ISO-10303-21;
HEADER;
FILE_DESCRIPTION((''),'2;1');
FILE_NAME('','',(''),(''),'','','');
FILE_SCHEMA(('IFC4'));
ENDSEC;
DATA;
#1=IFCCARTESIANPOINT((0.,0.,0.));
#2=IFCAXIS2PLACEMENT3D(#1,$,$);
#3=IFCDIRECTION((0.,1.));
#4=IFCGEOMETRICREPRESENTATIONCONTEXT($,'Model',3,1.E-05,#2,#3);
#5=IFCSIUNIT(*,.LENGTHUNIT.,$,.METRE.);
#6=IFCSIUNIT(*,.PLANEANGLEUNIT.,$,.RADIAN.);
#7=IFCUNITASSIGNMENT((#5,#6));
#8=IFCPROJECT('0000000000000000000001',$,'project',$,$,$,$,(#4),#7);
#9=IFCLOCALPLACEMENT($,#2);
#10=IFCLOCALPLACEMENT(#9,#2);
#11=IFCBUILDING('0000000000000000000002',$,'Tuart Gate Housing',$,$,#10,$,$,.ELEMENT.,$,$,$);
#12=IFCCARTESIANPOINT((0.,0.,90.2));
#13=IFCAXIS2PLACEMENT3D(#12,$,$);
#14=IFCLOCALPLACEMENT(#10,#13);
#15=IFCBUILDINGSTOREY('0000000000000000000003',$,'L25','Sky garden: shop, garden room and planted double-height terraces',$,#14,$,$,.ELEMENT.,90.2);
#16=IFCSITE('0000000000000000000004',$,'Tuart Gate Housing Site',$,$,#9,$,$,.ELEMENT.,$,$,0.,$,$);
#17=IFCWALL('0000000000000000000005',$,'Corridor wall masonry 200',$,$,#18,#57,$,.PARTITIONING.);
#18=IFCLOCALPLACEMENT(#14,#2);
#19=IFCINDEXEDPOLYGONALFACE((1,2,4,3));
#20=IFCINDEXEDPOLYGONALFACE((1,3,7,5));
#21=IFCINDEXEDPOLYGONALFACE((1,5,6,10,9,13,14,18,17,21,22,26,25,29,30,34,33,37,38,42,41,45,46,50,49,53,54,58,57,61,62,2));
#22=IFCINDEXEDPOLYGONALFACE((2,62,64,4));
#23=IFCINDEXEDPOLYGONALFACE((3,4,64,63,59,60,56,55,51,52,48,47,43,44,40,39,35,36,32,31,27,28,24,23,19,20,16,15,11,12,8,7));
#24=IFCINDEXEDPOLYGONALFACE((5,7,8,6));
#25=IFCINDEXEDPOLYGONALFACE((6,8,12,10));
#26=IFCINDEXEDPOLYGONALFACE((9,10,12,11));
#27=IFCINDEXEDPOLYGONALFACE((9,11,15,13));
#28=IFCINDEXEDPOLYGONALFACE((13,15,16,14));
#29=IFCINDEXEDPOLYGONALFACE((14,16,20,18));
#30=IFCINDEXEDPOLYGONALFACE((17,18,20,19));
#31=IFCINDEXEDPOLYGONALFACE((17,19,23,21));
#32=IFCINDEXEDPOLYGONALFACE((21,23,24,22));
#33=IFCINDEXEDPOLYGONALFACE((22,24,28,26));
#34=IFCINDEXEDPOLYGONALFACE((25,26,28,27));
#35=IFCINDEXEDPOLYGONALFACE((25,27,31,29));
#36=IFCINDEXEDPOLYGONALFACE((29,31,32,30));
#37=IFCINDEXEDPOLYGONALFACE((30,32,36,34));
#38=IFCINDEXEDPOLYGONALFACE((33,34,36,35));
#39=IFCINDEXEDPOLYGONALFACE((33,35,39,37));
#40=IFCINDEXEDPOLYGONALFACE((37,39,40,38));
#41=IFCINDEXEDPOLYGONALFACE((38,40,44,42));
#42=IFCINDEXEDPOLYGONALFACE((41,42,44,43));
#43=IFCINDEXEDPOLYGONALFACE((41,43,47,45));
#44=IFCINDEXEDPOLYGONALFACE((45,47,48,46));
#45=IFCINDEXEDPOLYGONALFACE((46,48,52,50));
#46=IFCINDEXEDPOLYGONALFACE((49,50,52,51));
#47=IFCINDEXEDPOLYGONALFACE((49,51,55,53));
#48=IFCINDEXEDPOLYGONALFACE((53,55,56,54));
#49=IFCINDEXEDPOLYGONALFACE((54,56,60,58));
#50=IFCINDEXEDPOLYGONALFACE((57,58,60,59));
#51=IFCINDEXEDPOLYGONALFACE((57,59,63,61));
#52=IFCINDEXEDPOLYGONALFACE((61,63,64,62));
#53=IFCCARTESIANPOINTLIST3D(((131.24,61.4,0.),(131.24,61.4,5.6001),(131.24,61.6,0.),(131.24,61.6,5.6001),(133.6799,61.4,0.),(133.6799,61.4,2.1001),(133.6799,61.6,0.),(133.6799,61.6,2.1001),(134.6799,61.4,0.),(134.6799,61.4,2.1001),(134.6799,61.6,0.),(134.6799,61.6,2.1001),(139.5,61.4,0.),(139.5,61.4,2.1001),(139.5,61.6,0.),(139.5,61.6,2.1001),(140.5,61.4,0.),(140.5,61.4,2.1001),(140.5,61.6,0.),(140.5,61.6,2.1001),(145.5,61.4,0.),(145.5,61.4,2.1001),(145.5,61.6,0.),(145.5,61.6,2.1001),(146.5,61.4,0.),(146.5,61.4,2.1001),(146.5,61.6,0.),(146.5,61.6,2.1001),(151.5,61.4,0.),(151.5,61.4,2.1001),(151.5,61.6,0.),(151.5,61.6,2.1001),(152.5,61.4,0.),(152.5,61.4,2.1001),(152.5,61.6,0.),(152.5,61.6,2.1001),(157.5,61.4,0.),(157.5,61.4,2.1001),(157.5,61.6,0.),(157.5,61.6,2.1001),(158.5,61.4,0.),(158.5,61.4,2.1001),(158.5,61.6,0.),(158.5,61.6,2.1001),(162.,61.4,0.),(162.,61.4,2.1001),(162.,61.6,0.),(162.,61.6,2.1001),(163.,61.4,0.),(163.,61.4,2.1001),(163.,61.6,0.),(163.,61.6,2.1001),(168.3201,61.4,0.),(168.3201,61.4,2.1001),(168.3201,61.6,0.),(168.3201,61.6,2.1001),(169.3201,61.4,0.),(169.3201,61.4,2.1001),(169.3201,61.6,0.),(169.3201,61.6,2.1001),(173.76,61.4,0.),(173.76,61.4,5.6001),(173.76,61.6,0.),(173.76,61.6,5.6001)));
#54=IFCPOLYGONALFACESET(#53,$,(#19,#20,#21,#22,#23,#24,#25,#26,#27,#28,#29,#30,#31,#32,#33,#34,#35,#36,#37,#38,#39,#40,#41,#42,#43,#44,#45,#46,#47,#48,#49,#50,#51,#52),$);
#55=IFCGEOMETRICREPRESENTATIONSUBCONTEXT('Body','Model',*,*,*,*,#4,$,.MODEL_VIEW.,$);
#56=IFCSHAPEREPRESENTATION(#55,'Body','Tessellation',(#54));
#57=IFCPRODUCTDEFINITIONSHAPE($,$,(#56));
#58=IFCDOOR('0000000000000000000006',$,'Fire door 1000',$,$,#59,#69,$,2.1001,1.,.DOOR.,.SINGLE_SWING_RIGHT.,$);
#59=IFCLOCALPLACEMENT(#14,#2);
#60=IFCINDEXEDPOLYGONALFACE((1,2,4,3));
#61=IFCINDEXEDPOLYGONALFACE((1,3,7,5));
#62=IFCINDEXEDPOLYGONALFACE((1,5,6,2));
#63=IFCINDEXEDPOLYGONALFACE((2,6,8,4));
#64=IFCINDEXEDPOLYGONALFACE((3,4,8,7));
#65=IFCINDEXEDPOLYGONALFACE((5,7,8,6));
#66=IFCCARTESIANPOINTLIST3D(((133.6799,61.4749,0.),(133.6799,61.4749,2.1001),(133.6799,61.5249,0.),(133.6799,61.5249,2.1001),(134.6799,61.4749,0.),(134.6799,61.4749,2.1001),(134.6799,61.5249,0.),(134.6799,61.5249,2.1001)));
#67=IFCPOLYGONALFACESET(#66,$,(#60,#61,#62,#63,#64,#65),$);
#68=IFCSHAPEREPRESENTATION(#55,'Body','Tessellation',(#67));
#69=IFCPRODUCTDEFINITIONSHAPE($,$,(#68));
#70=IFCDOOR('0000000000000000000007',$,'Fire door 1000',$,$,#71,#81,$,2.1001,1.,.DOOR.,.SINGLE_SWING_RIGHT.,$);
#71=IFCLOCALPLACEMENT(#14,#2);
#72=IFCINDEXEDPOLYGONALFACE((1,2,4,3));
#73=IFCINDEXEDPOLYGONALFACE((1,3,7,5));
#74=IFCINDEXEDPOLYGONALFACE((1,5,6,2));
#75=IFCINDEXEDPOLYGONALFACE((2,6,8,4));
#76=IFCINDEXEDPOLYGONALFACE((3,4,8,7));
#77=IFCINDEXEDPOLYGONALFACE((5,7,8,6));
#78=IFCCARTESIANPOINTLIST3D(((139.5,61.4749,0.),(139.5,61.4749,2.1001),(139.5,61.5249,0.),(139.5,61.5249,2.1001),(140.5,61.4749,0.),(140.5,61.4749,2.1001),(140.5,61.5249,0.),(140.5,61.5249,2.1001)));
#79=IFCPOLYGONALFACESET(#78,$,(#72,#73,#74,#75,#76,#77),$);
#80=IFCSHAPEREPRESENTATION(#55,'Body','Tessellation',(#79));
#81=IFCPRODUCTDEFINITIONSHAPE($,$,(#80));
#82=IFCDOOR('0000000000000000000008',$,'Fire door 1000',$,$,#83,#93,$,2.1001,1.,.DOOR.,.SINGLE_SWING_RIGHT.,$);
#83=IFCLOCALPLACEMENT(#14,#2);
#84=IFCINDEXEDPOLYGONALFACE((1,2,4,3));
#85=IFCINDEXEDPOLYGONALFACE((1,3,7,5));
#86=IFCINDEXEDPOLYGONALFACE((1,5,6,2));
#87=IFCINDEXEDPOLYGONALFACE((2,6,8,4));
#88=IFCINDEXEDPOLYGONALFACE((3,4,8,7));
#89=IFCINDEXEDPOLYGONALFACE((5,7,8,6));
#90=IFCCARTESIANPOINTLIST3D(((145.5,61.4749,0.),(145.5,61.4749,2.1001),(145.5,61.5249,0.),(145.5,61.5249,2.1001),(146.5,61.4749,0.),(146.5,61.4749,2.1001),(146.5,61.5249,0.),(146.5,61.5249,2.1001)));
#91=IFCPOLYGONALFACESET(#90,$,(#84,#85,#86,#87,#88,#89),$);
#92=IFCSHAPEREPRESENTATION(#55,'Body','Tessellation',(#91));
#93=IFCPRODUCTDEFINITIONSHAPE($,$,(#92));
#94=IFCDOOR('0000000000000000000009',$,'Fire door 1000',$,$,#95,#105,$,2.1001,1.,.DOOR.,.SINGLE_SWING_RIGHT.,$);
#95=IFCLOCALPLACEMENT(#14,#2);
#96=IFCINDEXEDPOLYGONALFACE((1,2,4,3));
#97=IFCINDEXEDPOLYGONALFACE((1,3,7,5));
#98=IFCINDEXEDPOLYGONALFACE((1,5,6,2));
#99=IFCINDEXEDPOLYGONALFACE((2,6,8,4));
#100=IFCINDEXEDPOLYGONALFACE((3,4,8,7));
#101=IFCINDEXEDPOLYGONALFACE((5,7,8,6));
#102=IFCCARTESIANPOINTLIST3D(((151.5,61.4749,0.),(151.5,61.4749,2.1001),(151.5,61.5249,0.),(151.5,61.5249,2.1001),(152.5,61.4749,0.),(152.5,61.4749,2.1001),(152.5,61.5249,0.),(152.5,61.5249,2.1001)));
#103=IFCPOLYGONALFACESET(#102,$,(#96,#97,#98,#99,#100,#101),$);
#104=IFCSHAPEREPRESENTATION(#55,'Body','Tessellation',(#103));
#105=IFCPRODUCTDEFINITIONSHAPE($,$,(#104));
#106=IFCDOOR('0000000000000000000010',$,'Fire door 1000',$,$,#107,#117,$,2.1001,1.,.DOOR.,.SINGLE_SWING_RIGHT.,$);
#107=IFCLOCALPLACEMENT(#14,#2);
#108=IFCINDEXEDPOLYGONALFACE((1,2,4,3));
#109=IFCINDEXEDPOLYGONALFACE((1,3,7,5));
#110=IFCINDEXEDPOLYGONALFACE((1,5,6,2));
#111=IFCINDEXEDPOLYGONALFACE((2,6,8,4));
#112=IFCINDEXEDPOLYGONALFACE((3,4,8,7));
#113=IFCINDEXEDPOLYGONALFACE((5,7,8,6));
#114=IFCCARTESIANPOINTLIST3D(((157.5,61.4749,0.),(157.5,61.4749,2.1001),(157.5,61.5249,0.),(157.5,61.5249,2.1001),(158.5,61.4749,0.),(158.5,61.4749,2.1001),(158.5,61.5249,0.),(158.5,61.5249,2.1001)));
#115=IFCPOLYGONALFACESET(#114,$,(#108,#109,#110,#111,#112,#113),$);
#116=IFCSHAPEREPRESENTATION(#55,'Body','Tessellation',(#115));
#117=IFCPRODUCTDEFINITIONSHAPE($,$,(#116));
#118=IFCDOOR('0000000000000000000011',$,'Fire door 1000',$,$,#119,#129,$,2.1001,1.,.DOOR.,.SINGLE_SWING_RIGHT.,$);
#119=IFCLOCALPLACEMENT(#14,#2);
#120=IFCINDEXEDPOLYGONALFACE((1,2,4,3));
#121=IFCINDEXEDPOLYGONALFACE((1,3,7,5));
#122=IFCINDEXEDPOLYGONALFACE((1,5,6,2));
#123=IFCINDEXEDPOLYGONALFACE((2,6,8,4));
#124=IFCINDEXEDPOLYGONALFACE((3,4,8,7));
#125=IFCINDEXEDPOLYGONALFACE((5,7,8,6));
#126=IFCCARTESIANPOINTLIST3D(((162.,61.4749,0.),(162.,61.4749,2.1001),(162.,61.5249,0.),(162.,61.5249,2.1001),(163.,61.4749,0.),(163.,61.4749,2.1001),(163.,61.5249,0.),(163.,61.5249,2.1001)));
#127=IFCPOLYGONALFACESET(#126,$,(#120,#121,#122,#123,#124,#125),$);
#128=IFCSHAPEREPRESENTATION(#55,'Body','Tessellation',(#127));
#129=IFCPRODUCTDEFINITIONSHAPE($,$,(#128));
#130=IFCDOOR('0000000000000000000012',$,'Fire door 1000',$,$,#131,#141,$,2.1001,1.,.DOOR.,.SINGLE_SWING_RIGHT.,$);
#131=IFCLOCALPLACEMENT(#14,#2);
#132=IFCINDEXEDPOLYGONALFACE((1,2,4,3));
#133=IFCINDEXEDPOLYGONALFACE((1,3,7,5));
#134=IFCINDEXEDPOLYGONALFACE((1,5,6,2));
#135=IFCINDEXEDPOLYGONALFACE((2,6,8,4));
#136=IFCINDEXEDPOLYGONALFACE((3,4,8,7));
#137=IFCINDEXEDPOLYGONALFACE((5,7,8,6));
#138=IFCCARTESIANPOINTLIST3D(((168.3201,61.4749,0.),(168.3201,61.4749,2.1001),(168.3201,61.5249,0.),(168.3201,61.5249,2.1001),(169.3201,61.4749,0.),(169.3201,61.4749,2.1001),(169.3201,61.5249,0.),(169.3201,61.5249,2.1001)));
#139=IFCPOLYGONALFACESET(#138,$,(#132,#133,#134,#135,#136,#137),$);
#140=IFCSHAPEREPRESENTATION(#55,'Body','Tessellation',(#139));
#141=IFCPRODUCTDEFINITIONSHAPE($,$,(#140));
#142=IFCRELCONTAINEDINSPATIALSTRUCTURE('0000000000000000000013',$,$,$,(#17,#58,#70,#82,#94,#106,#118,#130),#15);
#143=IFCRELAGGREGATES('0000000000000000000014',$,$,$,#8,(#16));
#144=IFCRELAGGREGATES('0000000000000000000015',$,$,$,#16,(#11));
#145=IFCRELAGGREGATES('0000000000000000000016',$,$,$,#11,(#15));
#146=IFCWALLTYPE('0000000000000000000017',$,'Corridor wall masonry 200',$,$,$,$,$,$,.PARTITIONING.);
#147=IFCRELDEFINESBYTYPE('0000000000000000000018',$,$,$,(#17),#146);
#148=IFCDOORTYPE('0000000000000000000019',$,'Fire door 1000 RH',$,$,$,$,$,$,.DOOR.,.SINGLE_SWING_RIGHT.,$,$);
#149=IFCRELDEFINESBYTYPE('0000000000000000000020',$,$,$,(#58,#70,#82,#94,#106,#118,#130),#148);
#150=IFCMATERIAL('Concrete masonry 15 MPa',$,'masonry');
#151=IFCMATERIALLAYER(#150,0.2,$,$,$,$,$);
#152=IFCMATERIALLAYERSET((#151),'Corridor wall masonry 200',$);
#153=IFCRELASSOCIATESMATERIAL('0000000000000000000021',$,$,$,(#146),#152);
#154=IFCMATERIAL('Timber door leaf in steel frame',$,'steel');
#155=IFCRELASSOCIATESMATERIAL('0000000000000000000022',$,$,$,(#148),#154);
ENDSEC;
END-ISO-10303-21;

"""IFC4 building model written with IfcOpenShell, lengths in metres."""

from ifc_helpers import new_model, si_unit, direction, frame, frame_2d, origin, place, context, subcontext, project, spatial, rectangle, extrude, material, layer, layer_set, type_object, element, fill, save


model = new_model("IFC4")

# Units and contexts
model_context = context("Model", 3, precision=1e-05, world=origin(), true_north=direction((0.0, 1.0)))
body_context = subcontext(model_context, "Body", "Model", "MODEL_VIEW")
ifc_project = project(units=[si_unit("LENGTHUNIT", "METRE"), si_unit("PLANEANGLEUNIT", "RADIAN")], contexts=[model_context])

# Site, building, storey
site_placement = place(None, origin())
site = spatial("IfcSite", under=ifc_project, at=site_placement, Name="Tuart Gate Housing Site", CompositionType="ELEMENT", RefElevation=0.0)
building_placement = place(site_placement, origin())
building = spatial("IfcBuilding", under=site, at=building_placement, Name="Tuart Gate Housing", CompositionType="ELEMENT")
storey_placement = place(building_placement, frame((0.0, 0.0, 90.2)))
storey = spatial("IfcBuildingStorey", under=building, at=storey_placement, Name="L25", Description="Sky garden: shop, garden room and planted double-height terraces", CompositionType="ELEMENT", Elevation=90.2)

# Wall, openings, doors
ifc_material_1 = material(Name="Concrete masonry 15 MPa", Category="masonry")
ifc_layer_1 = layer(ifc_material_1, 0.2)
ifc_layer_set_1 = layer_set([ifc_layer_1], Name="Corridor wall masonry 200")
wall_type_1 = type_object("IfcWallType", Name="Corridor wall masonry 200", PredefinedType="PARTITIONING", material=ifc_layer_set_1)
wall_1_placement = place(storey_placement, frame((131.24, 61.5, 0.0), z_axis=(0.0, 0.0, 1.0), x_axis=(1.0, 0.0, 0.0)))
wall_1 = element("IfcWall", 1, at=wall_1_placement, inside=storey, type_object=wall_type_1, Name="Corridor wall masonry 200", PredefinedType="PARTITIONING", context=body_context, shape_type="SweptSolid", body=[
    extrude(rectangle(XDim=42.52, YDim=0.2, at=frame_2d((21.26, 0.0))), origin(), (0.0, 0.0, 1.0), 5.6001),
])
opening_1_placement = place(wall_1_placement, frame((2.4399, 0.0, 0.0)))
opening_1 = element("IfcOpeningElement", 2, at=opening_1_placement, cuts=wall_1, PredefinedType="OPENING", context=body_context, shape_type="SweptSolid", body=[
    extrude(rectangle(XDim=1.0, YDim=2.1001, at=frame_2d((0.5, 1.05))), frame((0.0, 0.1099, 0.0), z_axis=(0.0, -1.0, 0.0), x_axis=(1.0, 0.0, 0.0)), (0.0, 0.0, 1.0), 0.22),
])
opening_2_placement = place(wall_1_placement, frame((8.26, 0.0, 0.0)))
opening_2 = element("IfcOpeningElement", 3, at=opening_2_placement, cuts=wall_1, PredefinedType="OPENING", context=body_context, shape_type="SweptSolid", body=[
    extrude(rectangle(XDim=1.0, YDim=2.1001, at=frame_2d((0.5, 1.05))), frame((0.0, 0.1099, 0.0), z_axis=(0.0, -1.0, 0.0), x_axis=(1.0, 0.0, 0.0)), (0.0, 0.0, 1.0), 0.22),
])
opening_3_placement = place(wall_1_placement, frame((14.26, 0.0, 0.0)))
opening_3 = element("IfcOpeningElement", 4, at=opening_3_placement, cuts=wall_1, PredefinedType="OPENING", context=body_context, shape_type="SweptSolid", body=[
    extrude(rectangle(XDim=1.0, YDim=2.1001, at=frame_2d((0.5, 1.05))), frame((0.0, 0.1099, 0.0), z_axis=(0.0, -1.0, 0.0), x_axis=(1.0, 0.0, 0.0)), (0.0, 0.0, 1.0), 0.22),
])
opening_4_placement = place(wall_1_placement, frame((20.26, 0.0, 0.0)))
opening_4 = element("IfcOpeningElement", 5, at=opening_4_placement, cuts=wall_1, PredefinedType="OPENING", context=body_context, shape_type="SweptSolid", body=[
    extrude(rectangle(XDim=1.0, YDim=2.1001, at=frame_2d((0.5, 1.05))), frame((0.0, 0.1099, 0.0), z_axis=(0.0, -1.0, 0.0), x_axis=(1.0, 0.0, 0.0)), (0.0, 0.0, 1.0), 0.22),
])
opening_5_placement = place(wall_1_placement, frame((26.26, 0.0, 0.0)))
opening_5 = element("IfcOpeningElement", 6, at=opening_5_placement, cuts=wall_1, PredefinedType="OPENING", context=body_context, shape_type="SweptSolid", body=[
    extrude(rectangle(XDim=1.0, YDim=2.1001, at=frame_2d((0.5, 1.05))), frame((0.0, 0.1099, 0.0), z_axis=(0.0, -1.0, 0.0), x_axis=(1.0, 0.0, 0.0)), (0.0, 0.0, 1.0), 0.22),
])
opening_6_placement = place(wall_1_placement, frame((30.76, 0.0, 0.0)))
opening_6 = element("IfcOpeningElement", 7, at=opening_6_placement, cuts=wall_1, PredefinedType="OPENING", context=body_context, shape_type="SweptSolid", body=[
    extrude(rectangle(XDim=1.0, YDim=2.1001, at=frame_2d((0.5, 1.05))), frame((0.0, 0.1099, 0.0), z_axis=(0.0, -1.0, 0.0), x_axis=(1.0, 0.0, 0.0)), (0.0, 0.0, 1.0), 0.22),
])
opening_7_placement = place(wall_1_placement, frame((37.0801, 0.0, 0.0)))
opening_7 = element("IfcOpeningElement", 8, at=opening_7_placement, cuts=wall_1, PredefinedType="OPENING", context=body_context, shape_type="SweptSolid", body=[
    extrude(rectangle(XDim=1.0, YDim=2.1001, at=frame_2d((0.5, 1.05))), frame((0.0, 0.1099, 0.0), z_axis=(0.0, -1.0, 0.0), x_axis=(1.0, 0.0, 0.0)), (0.0, 0.0, 1.0), 0.22),
])
ifc_material_2 = material(Name="Timber door leaf in steel frame", Category="steel")
door_type = type_object("IfcDoorType", Name="Fire door 1000 RH", OperationType="SINGLE_SWING_RIGHT", PredefinedType="DOOR", material=ifc_material_2)
door_1_placement = place(opening_1_placement, frame((1.0, 0.0, 0.0), z_axis=(0.0, 0.0, 1.0), x_axis=(-1.0, 0.0, 0.0)))
door_1 = element("IfcDoor", 9, at=door_1_placement, inside=storey, type_object=door_type, Name="Fire door 1000", OperationType="SINGLE_SWING_RIGHT", OverallHeight=2.1001, OverallWidth=1.0, PredefinedType="DOOR", context=body_context, shape_type="SweptSolid", body=[
    extrude(rectangle(XDim=1.0, YDim=2.1001, at=frame_2d((0.5, 1.05))), frame((0.0, 0.0251, 0.0), z_axis=(0.0, -1.0, 0.0), x_axis=(1.0, 0.0, 0.0)), (0.0, 0.0, 1.0), 0.05),
])
fill(opening_1, door_1)
door_2_placement = place(opening_2_placement, frame((1.0, 0.0, 0.0), z_axis=(0.0, 0.0, 1.0), x_axis=(-1.0, 0.0, 0.0)))
door_2 = element("IfcDoor", 10, at=door_2_placement, inside=storey, type_object=door_type, Name="Fire door 1000", OperationType="SINGLE_SWING_RIGHT", OverallHeight=2.1001, OverallWidth=1.0, PredefinedType="DOOR", context=body_context, shape_type="SweptSolid", body=[
    extrude(rectangle(XDim=1.0, YDim=2.1001, at=frame_2d((0.5, 1.05))), frame((0.0, 0.0251, 0.0), z_axis=(0.0, -1.0, 0.0), x_axis=(1.0, 0.0, 0.0)), (0.0, 0.0, 1.0), 0.05),
])
fill(opening_2, door_2)
door_3_placement = place(opening_3_placement, frame((1.0, 0.0, 0.0), z_axis=(0.0, 0.0, 1.0), x_axis=(-1.0, 0.0, 0.0)))
door_3 = element("IfcDoor", 11, at=door_3_placement, inside=storey, type_object=door_type, Name="Fire door 1000", OperationType="SINGLE_SWING_RIGHT", OverallHeight=2.1001, OverallWidth=1.0, PredefinedType="DOOR", context=body_context, shape_type="SweptSolid", body=[
    extrude(rectangle(XDim=1.0, YDim=2.1001, at=frame_2d((0.5, 1.05))), frame((0.0, 0.0251, 0.0), z_axis=(0.0, -1.0, 0.0), x_axis=(1.0, 0.0, 0.0)), (0.0, 0.0, 1.0), 0.05),
])
fill(opening_3, door_3)
door_4_placement = place(opening_4_placement, frame((1.0, 0.0, 0.0), z_axis=(0.0, 0.0, 1.0), x_axis=(-1.0, 0.0, 0.0)))
door_4 = element("IfcDoor", 12, at=door_4_placement, inside=storey, type_object=door_type, Name="Fire door 1000", OperationType="SINGLE_SWING_RIGHT", OverallHeight=2.1001, OverallWidth=1.0, PredefinedType="DOOR", context=body_context, shape_type="SweptSolid", body=[
    extrude(rectangle(XDim=1.0, YDim=2.1001, at=frame_2d((0.5, 1.05))), frame((0.0, 0.0251, 0.0), z_axis=(0.0, -1.0, 0.0), x_axis=(1.0, 0.0, 0.0)), (0.0, 0.0, 1.0), 0.05),
])
fill(opening_4, door_4)
door_5_placement = place(opening_5_placement, frame((1.0, 0.0, 0.0), z_axis=(0.0, 0.0, 1.0), x_axis=(-1.0, 0.0, 0.0)))
door_5 = element("IfcDoor", 13, at=door_5_placement, inside=storey, type_object=door_type, Name="Fire door 1000", OperationType="SINGLE_SWING_RIGHT", OverallHeight=2.1001, OverallWidth=1.0, PredefinedType="DOOR", context=body_context, shape_type="SweptSolid", body=[
    extrude(rectangle(XDim=1.0, YDim=2.1001, at=frame_2d((0.5, 1.05))), frame((0.0, 0.0251, 0.0), z_axis=(0.0, -1.0, 0.0), x_axis=(1.0, 0.0, 0.0)), (0.0, 0.0, 1.0), 0.05),
])
fill(opening_5, door_5)
door_6_placement = place(opening_6_placement, frame((1.0, 0.0, 0.0), z_axis=(0.0, 0.0, 1.0), x_axis=(-1.0, 0.0, 0.0)))
door_6 = element("IfcDoor", 14, at=door_6_placement, inside=storey, type_object=door_type, Name="Fire door 1000", OperationType="SINGLE_SWING_RIGHT", OverallHeight=2.1001, OverallWidth=1.0, PredefinedType="DOOR", context=body_context, shape_type="SweptSolid", body=[
    extrude(rectangle(XDim=1.0, YDim=2.1001, at=frame_2d((0.5, 1.05))), frame((0.0, 0.0251, 0.0), z_axis=(0.0, -1.0, 0.0), x_axis=(1.0, 0.0, 0.0)), (0.0, 0.0, 1.0), 0.05),
])
fill(opening_6, door_6)
door_7_placement = place(opening_7_placement, frame((1.0, 0.0, 0.0), z_axis=(0.0, 0.0, 1.0), x_axis=(-1.0, 0.0, 0.0)))
door_7 = element("IfcDoor", 15, at=door_7_placement, inside=storey, type_object=door_type, Name="Fire door 1000", OperationType="SINGLE_SWING_RIGHT", OverallHeight=2.1001, OverallWidth=1.0, PredefinedType="DOOR", context=body_context, shape_type="SweptSolid", body=[
    extrude(rectangle(XDim=1.0, YDim=2.1001, at=frame_2d((0.5, 1.05))), frame((0.0, 0.0251, 0.0), z_axis=(0.0, -1.0, 0.0), x_axis=(1.0, 0.0, 0.0)), (0.0, 0.0, 1.0), 0.05),
])
fill(opening_7, door_7)

save(model, "model.ifc")
